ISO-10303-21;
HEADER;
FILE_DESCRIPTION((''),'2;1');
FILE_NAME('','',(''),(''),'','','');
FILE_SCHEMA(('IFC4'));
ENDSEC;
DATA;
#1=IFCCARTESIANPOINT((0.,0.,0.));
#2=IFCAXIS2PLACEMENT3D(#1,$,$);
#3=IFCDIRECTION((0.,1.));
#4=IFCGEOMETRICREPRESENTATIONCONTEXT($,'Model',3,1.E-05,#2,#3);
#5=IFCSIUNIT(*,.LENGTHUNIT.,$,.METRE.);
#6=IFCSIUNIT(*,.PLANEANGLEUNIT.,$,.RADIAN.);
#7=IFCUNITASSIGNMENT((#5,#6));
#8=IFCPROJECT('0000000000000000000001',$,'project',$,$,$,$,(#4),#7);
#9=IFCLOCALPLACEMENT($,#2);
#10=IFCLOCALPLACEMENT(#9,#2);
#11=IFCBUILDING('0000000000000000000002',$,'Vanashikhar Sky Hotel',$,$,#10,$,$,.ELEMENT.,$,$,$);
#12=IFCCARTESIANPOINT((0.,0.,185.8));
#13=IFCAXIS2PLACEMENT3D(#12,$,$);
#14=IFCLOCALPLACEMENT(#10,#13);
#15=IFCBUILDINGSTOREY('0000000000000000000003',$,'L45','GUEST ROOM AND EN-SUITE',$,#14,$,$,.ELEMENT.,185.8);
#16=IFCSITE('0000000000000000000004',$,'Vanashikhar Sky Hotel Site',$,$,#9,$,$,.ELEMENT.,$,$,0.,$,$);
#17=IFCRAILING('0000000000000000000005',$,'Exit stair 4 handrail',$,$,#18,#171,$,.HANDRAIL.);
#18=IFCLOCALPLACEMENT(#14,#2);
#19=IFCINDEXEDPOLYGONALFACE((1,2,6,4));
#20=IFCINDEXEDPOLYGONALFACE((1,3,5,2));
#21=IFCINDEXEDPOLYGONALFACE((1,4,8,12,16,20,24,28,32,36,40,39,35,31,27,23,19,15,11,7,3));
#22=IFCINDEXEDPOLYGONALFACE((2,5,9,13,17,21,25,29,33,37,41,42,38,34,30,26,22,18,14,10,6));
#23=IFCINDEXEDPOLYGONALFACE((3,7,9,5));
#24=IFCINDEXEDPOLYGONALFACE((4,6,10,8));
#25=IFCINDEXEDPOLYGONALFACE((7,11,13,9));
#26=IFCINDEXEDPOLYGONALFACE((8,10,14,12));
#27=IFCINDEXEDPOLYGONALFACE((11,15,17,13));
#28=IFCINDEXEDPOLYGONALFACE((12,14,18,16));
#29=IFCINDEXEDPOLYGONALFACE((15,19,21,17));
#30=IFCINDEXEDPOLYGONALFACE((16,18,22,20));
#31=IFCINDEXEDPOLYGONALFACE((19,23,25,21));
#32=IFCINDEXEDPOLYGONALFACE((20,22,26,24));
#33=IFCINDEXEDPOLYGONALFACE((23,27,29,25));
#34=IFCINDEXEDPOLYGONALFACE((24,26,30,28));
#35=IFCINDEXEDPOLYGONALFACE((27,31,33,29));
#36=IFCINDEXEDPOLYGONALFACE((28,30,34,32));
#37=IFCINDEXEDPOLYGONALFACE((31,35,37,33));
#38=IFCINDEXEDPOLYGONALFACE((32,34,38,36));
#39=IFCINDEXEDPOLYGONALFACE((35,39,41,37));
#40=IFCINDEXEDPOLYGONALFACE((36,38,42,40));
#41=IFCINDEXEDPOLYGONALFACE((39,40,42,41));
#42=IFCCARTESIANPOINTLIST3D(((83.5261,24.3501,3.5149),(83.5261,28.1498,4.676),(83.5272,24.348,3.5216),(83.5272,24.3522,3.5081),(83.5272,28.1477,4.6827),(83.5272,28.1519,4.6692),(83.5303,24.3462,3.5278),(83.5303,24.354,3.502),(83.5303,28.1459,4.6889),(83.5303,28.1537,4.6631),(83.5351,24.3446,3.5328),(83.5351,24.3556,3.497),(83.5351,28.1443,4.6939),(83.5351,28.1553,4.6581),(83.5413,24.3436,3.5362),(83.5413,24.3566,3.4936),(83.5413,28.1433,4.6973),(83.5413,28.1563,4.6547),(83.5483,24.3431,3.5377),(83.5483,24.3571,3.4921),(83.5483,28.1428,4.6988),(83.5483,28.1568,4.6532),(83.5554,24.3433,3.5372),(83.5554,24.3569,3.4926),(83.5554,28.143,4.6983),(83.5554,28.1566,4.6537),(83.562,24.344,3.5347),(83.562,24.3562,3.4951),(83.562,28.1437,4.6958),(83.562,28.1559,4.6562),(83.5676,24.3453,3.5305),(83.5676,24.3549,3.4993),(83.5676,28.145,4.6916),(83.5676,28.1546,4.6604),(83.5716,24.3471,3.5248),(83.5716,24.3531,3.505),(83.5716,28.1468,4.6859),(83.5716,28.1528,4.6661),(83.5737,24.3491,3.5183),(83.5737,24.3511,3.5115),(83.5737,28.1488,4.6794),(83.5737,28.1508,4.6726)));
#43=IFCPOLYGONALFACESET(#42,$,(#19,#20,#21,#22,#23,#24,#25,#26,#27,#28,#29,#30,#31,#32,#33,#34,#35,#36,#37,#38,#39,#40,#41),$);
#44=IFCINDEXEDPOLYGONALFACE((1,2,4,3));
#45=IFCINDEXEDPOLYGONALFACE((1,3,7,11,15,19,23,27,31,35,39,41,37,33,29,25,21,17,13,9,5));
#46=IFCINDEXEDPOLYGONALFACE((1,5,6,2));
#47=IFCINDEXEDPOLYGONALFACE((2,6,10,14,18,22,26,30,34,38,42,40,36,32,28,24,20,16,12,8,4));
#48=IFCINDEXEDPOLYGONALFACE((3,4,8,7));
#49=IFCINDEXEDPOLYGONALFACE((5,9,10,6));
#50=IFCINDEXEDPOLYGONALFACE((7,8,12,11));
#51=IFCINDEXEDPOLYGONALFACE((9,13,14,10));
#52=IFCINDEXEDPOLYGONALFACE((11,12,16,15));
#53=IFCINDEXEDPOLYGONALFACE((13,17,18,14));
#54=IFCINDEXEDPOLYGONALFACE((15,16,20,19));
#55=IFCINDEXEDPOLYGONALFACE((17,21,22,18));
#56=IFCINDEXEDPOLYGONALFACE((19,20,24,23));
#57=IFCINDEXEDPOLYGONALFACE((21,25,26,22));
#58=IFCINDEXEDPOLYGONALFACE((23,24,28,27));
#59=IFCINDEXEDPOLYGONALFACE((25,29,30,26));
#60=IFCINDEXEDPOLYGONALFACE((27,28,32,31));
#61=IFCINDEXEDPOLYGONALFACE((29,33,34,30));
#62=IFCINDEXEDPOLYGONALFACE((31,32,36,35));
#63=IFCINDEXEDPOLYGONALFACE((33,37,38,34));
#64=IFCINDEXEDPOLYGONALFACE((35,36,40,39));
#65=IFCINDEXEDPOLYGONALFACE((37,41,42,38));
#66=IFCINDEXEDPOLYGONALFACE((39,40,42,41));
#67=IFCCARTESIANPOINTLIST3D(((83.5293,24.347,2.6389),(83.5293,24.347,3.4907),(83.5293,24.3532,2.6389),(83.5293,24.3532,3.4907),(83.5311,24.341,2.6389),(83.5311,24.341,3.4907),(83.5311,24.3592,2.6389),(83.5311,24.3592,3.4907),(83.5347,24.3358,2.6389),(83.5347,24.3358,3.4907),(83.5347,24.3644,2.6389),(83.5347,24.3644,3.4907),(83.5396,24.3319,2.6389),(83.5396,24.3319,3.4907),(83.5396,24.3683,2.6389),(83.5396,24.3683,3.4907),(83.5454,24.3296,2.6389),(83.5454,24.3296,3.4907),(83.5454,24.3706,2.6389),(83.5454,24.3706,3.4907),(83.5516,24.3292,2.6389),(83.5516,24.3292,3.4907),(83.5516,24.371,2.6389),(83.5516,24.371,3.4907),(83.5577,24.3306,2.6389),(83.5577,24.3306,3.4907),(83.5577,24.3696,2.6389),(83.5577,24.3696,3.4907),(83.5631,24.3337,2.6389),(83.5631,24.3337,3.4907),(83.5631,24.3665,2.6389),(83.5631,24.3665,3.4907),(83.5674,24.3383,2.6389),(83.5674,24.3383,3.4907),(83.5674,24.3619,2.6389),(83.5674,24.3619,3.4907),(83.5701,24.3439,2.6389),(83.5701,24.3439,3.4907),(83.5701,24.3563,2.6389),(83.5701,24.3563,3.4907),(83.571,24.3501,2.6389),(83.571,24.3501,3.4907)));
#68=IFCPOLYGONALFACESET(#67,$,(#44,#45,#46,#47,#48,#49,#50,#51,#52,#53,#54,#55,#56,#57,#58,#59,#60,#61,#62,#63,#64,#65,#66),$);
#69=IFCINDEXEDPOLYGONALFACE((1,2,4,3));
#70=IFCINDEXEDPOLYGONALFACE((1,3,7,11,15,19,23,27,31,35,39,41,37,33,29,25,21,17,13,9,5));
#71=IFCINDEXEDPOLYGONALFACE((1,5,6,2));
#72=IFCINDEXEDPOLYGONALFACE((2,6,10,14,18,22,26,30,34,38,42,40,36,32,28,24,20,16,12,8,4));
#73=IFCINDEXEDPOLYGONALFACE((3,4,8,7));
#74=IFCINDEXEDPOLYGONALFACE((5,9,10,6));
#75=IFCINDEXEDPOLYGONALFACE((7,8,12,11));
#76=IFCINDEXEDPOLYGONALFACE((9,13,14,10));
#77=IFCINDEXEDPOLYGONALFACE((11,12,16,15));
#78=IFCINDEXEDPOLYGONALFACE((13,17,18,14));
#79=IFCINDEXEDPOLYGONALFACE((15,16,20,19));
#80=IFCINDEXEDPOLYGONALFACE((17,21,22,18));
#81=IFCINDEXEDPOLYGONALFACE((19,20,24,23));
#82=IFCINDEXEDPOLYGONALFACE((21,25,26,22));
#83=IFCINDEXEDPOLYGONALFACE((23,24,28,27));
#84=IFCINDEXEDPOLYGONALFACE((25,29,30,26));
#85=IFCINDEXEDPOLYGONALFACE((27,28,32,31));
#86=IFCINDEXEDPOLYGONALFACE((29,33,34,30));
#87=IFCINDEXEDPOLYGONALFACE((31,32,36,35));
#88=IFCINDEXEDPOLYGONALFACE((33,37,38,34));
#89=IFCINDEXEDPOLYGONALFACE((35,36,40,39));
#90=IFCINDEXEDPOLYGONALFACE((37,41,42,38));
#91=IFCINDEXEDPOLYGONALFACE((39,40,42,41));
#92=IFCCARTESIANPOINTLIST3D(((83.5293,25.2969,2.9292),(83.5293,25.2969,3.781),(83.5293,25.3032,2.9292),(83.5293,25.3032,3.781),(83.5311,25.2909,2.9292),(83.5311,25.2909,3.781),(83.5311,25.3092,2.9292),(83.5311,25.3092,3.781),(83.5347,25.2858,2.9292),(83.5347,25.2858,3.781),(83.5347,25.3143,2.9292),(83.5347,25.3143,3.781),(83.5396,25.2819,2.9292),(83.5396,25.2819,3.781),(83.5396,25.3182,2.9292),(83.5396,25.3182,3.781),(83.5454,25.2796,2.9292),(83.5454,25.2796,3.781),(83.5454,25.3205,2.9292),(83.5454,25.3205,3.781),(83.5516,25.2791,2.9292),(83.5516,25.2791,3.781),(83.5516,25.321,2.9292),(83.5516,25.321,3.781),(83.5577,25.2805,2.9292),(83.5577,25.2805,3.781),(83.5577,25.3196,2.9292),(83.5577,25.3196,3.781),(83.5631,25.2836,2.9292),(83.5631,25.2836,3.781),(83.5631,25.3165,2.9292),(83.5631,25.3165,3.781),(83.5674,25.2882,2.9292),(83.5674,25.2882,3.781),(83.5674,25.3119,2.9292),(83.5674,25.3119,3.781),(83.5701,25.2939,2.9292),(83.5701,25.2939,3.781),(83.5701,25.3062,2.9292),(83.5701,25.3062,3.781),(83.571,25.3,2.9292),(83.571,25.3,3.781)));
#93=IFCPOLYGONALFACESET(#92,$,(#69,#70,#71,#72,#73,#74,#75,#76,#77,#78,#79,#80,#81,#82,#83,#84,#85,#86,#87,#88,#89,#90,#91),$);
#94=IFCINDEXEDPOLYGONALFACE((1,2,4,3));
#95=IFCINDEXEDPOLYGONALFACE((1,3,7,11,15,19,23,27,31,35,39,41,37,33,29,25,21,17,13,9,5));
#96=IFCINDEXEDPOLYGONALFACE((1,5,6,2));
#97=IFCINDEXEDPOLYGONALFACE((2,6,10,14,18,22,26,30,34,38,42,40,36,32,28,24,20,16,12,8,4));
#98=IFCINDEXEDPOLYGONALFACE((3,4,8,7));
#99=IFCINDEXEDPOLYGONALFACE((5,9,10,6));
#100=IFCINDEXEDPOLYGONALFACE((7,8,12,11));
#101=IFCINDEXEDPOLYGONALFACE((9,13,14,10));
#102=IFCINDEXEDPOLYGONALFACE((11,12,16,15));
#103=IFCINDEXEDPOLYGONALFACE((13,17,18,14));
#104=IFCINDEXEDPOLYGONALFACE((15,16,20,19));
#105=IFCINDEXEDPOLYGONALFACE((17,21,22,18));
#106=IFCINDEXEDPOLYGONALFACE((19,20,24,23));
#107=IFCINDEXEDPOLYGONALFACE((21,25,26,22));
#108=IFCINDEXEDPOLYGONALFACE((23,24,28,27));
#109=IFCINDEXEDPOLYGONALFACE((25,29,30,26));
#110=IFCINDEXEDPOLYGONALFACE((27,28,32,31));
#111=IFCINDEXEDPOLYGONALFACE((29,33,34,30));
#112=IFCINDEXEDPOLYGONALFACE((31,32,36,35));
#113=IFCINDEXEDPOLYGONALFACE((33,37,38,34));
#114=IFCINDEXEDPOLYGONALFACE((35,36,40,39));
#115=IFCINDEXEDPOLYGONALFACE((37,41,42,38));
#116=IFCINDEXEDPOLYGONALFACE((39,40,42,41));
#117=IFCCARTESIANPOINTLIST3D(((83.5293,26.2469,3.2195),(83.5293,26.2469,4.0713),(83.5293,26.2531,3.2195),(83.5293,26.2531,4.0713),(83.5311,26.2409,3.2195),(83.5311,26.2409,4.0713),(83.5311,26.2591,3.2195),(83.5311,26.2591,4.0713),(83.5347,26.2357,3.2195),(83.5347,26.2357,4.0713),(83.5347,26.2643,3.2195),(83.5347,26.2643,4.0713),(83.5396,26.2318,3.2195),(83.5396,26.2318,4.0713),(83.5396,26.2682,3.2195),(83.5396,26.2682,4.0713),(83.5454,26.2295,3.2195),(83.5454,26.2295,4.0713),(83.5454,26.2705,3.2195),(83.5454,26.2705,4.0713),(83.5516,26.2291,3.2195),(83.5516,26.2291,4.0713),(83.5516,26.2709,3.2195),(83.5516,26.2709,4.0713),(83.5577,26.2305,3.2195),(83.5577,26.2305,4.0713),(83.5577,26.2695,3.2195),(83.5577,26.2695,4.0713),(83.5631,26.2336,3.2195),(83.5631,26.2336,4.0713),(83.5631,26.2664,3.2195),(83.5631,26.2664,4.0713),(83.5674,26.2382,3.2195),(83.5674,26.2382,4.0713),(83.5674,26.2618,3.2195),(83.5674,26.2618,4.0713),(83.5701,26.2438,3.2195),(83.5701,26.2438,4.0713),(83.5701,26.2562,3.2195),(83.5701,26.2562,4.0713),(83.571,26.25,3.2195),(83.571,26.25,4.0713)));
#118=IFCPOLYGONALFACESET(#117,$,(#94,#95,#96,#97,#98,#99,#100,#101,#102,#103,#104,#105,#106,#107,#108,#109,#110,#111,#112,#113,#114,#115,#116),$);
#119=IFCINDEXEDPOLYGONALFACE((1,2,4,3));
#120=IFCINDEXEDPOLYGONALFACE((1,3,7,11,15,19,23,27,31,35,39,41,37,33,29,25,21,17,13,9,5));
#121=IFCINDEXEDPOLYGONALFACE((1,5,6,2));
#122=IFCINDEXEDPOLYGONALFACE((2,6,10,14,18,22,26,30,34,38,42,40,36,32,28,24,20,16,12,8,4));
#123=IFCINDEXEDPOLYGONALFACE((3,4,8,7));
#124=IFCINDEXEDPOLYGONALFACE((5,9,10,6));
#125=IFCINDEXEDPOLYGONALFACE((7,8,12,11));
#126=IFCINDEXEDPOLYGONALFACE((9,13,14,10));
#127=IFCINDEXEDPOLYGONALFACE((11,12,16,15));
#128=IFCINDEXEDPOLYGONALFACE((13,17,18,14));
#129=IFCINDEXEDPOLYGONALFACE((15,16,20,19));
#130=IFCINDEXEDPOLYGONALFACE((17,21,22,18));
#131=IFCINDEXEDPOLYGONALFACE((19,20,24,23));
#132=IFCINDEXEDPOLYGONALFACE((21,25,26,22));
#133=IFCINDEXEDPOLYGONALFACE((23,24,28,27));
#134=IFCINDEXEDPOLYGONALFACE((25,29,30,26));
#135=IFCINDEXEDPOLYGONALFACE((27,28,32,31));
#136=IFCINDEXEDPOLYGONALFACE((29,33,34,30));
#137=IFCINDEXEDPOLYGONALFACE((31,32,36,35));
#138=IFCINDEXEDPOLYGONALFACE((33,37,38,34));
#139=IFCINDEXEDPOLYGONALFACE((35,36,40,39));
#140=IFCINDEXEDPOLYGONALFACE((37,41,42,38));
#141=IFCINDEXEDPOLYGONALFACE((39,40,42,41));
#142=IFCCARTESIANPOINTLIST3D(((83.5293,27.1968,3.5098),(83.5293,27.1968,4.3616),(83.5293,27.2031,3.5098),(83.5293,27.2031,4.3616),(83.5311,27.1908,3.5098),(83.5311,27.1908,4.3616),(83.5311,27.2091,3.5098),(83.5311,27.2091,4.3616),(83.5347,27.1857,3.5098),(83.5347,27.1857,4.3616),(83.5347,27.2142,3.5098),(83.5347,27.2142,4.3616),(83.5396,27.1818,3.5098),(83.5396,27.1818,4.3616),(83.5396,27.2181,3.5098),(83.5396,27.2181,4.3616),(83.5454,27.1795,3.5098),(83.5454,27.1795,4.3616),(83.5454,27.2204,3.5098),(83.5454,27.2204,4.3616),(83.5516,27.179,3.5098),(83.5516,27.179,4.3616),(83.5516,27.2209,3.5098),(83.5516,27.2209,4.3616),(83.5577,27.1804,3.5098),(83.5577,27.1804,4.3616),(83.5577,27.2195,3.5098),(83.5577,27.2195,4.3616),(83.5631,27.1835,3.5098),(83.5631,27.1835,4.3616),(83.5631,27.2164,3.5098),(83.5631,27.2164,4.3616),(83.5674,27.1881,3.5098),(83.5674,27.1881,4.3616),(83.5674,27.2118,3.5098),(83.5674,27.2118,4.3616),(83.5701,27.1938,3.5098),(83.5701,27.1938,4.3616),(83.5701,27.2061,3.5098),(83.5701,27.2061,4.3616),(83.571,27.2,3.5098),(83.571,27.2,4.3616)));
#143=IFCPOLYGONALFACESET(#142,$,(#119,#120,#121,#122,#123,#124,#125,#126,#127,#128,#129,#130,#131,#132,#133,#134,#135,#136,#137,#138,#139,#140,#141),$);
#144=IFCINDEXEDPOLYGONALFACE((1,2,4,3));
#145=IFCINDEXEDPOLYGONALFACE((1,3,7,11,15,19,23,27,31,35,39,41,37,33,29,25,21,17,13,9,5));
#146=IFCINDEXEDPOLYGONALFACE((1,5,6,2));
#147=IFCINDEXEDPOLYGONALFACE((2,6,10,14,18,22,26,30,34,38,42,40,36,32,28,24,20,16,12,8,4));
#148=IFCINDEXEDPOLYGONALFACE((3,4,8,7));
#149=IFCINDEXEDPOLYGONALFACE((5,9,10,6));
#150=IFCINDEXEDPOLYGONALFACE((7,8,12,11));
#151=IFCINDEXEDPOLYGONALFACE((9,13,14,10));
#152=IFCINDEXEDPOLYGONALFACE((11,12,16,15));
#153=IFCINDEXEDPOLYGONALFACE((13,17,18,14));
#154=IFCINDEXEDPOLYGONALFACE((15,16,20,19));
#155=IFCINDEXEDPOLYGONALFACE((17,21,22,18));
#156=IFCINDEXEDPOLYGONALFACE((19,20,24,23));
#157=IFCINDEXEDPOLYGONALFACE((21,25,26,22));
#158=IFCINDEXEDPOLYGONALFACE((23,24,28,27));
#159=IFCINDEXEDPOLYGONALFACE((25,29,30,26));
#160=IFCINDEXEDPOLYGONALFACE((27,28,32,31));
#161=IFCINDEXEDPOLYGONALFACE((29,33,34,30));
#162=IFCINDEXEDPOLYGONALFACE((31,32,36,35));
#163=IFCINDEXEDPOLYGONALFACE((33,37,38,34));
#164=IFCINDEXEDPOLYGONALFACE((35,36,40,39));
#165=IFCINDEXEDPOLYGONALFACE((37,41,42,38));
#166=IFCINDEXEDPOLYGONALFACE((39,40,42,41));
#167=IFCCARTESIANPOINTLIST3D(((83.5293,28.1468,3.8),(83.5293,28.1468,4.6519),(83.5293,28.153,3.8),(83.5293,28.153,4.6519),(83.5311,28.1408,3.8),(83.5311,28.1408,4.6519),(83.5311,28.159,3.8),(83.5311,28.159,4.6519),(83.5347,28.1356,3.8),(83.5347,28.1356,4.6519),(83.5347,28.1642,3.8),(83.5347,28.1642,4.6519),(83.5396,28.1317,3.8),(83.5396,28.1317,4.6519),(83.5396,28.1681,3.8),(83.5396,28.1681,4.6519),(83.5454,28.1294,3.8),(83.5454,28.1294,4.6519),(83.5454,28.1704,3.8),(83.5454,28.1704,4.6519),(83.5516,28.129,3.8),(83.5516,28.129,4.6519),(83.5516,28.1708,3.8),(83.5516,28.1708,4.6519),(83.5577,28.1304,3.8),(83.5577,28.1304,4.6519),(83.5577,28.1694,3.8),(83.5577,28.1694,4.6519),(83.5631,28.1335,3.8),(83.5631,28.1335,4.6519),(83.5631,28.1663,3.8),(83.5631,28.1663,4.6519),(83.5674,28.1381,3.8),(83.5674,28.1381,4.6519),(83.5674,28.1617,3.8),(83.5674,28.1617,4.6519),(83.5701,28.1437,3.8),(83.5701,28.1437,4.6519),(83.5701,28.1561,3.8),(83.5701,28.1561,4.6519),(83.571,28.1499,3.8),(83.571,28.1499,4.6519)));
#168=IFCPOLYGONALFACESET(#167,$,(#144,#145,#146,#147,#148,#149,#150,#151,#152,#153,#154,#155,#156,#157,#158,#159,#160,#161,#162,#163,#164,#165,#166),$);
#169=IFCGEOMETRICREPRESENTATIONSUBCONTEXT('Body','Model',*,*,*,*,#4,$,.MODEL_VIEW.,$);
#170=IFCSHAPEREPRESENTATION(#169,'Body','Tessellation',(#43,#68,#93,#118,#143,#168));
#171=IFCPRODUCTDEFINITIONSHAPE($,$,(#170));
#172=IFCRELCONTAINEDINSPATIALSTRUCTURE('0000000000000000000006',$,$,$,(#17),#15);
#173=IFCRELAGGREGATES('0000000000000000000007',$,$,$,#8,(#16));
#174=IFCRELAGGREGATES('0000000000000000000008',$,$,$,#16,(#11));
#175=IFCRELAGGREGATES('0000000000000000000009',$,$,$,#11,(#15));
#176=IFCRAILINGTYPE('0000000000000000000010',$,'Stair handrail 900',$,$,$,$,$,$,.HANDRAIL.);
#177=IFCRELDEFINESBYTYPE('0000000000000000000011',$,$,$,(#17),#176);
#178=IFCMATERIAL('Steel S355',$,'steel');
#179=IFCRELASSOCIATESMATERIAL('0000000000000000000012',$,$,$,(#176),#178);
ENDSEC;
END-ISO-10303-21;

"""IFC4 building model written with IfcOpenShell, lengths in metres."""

from ifc_helpers import new_model, si_unit, direction, frame, origin, origin_2d, place, context, subcontext, project, spatial, circle, extrude, source, transform, mapped, material, type_object, element, save


model = new_model("IFC4")

# Units and contexts
model_context = context("Model", 3, precision=1e-05, world=origin(), true_north=direction((0.0, 1.0)))
body_context = subcontext(model_context, "Body", "Model", "MODEL_VIEW")
ifc_project = project(units=[si_unit("LENGTHUNIT", "METRE"), si_unit("PLANEANGLEUNIT", "RADIAN")], contexts=[model_context])

# Site, building, storey
site_placement = place(None, origin())
site = spatial("IfcSite", under=ifc_project, at=site_placement, Name="Vanashikhar Sky Hotel Site", CompositionType="ELEMENT", RefElevation=0.0)
building_placement = place(site_placement, origin())
building = spatial("IfcBuilding", under=site, at=building_placement, Name="Vanashikhar Sky Hotel", CompositionType="ELEMENT")
storey_placement = place(building_placement, frame((0.0, 0.0, 185.8)))
storey = spatial("IfcBuildingStorey", under=building, at=storey_placement, Name="L45", Description="GUEST ROOM AND EN-SUITE", CompositionType="ELEMENT", Elevation=185.8)

# Railing
ifc_material_1 = material(Name="Steel S355", Category="steel")
railing_type_1 = type_object("IfcRailingType", Name="Stair handrail 900", PredefinedType="HANDRAIL", material=ifc_material_1)
shared_shape_1 = source(origin(), body_context, "Body", "SweptSolid", [
    extrude(circle(Radius=0.0239, at=origin_2d()), frame((0.0, 0.0, 0.876), z_axis=(0.0, 0.956346, 0.292237), x_axis=(-1.0, 0.0, 0.0)), (0.0, 0.0, 1.0), 3.9731),
    extrude(circle(Radius=0.021, at=origin_2d()), origin(), (0.0, 0.0, 1.0), 0.8518),
    extrude(circle(Radius=0.021, at=origin_2d()), frame((0.0, 0.95, 0.2903)), (0.0, 0.0, 1.0), 0.8518),
    extrude(circle(Radius=0.021, at=origin_2d()), frame((0.0, 1.8999, 0.5806)), (0.0, 0.0, 1.0), 0.8518),
    extrude(circle(Radius=0.021, at=origin_2d()), frame((0.0, 2.8499, 0.8708)), (0.0, 0.0, 1.0), 0.8518),
    extrude(circle(Radius=0.021, at=origin_2d()), frame((0.0, 3.7998, 1.1611)), (0.0, 0.0, 1.0), 0.8518),
])
for number, where, name in (
    (1, (83.55, 24.3501, 2.6389), "Exit stair 4 handrail"),
):
    element("IfcRailing", number, at=place(storey_placement, frame(where)), inside=storey, type_object=railing_type_1, Name=name, PredefinedType="HANDRAIL", context=body_context, shape_type="MappedRepresentation", body=[
        mapped(shared_shape_1, transform((0.0, 0.0, 0.0), scale=1.0)),
    ])

save(model, "model.ifc")
